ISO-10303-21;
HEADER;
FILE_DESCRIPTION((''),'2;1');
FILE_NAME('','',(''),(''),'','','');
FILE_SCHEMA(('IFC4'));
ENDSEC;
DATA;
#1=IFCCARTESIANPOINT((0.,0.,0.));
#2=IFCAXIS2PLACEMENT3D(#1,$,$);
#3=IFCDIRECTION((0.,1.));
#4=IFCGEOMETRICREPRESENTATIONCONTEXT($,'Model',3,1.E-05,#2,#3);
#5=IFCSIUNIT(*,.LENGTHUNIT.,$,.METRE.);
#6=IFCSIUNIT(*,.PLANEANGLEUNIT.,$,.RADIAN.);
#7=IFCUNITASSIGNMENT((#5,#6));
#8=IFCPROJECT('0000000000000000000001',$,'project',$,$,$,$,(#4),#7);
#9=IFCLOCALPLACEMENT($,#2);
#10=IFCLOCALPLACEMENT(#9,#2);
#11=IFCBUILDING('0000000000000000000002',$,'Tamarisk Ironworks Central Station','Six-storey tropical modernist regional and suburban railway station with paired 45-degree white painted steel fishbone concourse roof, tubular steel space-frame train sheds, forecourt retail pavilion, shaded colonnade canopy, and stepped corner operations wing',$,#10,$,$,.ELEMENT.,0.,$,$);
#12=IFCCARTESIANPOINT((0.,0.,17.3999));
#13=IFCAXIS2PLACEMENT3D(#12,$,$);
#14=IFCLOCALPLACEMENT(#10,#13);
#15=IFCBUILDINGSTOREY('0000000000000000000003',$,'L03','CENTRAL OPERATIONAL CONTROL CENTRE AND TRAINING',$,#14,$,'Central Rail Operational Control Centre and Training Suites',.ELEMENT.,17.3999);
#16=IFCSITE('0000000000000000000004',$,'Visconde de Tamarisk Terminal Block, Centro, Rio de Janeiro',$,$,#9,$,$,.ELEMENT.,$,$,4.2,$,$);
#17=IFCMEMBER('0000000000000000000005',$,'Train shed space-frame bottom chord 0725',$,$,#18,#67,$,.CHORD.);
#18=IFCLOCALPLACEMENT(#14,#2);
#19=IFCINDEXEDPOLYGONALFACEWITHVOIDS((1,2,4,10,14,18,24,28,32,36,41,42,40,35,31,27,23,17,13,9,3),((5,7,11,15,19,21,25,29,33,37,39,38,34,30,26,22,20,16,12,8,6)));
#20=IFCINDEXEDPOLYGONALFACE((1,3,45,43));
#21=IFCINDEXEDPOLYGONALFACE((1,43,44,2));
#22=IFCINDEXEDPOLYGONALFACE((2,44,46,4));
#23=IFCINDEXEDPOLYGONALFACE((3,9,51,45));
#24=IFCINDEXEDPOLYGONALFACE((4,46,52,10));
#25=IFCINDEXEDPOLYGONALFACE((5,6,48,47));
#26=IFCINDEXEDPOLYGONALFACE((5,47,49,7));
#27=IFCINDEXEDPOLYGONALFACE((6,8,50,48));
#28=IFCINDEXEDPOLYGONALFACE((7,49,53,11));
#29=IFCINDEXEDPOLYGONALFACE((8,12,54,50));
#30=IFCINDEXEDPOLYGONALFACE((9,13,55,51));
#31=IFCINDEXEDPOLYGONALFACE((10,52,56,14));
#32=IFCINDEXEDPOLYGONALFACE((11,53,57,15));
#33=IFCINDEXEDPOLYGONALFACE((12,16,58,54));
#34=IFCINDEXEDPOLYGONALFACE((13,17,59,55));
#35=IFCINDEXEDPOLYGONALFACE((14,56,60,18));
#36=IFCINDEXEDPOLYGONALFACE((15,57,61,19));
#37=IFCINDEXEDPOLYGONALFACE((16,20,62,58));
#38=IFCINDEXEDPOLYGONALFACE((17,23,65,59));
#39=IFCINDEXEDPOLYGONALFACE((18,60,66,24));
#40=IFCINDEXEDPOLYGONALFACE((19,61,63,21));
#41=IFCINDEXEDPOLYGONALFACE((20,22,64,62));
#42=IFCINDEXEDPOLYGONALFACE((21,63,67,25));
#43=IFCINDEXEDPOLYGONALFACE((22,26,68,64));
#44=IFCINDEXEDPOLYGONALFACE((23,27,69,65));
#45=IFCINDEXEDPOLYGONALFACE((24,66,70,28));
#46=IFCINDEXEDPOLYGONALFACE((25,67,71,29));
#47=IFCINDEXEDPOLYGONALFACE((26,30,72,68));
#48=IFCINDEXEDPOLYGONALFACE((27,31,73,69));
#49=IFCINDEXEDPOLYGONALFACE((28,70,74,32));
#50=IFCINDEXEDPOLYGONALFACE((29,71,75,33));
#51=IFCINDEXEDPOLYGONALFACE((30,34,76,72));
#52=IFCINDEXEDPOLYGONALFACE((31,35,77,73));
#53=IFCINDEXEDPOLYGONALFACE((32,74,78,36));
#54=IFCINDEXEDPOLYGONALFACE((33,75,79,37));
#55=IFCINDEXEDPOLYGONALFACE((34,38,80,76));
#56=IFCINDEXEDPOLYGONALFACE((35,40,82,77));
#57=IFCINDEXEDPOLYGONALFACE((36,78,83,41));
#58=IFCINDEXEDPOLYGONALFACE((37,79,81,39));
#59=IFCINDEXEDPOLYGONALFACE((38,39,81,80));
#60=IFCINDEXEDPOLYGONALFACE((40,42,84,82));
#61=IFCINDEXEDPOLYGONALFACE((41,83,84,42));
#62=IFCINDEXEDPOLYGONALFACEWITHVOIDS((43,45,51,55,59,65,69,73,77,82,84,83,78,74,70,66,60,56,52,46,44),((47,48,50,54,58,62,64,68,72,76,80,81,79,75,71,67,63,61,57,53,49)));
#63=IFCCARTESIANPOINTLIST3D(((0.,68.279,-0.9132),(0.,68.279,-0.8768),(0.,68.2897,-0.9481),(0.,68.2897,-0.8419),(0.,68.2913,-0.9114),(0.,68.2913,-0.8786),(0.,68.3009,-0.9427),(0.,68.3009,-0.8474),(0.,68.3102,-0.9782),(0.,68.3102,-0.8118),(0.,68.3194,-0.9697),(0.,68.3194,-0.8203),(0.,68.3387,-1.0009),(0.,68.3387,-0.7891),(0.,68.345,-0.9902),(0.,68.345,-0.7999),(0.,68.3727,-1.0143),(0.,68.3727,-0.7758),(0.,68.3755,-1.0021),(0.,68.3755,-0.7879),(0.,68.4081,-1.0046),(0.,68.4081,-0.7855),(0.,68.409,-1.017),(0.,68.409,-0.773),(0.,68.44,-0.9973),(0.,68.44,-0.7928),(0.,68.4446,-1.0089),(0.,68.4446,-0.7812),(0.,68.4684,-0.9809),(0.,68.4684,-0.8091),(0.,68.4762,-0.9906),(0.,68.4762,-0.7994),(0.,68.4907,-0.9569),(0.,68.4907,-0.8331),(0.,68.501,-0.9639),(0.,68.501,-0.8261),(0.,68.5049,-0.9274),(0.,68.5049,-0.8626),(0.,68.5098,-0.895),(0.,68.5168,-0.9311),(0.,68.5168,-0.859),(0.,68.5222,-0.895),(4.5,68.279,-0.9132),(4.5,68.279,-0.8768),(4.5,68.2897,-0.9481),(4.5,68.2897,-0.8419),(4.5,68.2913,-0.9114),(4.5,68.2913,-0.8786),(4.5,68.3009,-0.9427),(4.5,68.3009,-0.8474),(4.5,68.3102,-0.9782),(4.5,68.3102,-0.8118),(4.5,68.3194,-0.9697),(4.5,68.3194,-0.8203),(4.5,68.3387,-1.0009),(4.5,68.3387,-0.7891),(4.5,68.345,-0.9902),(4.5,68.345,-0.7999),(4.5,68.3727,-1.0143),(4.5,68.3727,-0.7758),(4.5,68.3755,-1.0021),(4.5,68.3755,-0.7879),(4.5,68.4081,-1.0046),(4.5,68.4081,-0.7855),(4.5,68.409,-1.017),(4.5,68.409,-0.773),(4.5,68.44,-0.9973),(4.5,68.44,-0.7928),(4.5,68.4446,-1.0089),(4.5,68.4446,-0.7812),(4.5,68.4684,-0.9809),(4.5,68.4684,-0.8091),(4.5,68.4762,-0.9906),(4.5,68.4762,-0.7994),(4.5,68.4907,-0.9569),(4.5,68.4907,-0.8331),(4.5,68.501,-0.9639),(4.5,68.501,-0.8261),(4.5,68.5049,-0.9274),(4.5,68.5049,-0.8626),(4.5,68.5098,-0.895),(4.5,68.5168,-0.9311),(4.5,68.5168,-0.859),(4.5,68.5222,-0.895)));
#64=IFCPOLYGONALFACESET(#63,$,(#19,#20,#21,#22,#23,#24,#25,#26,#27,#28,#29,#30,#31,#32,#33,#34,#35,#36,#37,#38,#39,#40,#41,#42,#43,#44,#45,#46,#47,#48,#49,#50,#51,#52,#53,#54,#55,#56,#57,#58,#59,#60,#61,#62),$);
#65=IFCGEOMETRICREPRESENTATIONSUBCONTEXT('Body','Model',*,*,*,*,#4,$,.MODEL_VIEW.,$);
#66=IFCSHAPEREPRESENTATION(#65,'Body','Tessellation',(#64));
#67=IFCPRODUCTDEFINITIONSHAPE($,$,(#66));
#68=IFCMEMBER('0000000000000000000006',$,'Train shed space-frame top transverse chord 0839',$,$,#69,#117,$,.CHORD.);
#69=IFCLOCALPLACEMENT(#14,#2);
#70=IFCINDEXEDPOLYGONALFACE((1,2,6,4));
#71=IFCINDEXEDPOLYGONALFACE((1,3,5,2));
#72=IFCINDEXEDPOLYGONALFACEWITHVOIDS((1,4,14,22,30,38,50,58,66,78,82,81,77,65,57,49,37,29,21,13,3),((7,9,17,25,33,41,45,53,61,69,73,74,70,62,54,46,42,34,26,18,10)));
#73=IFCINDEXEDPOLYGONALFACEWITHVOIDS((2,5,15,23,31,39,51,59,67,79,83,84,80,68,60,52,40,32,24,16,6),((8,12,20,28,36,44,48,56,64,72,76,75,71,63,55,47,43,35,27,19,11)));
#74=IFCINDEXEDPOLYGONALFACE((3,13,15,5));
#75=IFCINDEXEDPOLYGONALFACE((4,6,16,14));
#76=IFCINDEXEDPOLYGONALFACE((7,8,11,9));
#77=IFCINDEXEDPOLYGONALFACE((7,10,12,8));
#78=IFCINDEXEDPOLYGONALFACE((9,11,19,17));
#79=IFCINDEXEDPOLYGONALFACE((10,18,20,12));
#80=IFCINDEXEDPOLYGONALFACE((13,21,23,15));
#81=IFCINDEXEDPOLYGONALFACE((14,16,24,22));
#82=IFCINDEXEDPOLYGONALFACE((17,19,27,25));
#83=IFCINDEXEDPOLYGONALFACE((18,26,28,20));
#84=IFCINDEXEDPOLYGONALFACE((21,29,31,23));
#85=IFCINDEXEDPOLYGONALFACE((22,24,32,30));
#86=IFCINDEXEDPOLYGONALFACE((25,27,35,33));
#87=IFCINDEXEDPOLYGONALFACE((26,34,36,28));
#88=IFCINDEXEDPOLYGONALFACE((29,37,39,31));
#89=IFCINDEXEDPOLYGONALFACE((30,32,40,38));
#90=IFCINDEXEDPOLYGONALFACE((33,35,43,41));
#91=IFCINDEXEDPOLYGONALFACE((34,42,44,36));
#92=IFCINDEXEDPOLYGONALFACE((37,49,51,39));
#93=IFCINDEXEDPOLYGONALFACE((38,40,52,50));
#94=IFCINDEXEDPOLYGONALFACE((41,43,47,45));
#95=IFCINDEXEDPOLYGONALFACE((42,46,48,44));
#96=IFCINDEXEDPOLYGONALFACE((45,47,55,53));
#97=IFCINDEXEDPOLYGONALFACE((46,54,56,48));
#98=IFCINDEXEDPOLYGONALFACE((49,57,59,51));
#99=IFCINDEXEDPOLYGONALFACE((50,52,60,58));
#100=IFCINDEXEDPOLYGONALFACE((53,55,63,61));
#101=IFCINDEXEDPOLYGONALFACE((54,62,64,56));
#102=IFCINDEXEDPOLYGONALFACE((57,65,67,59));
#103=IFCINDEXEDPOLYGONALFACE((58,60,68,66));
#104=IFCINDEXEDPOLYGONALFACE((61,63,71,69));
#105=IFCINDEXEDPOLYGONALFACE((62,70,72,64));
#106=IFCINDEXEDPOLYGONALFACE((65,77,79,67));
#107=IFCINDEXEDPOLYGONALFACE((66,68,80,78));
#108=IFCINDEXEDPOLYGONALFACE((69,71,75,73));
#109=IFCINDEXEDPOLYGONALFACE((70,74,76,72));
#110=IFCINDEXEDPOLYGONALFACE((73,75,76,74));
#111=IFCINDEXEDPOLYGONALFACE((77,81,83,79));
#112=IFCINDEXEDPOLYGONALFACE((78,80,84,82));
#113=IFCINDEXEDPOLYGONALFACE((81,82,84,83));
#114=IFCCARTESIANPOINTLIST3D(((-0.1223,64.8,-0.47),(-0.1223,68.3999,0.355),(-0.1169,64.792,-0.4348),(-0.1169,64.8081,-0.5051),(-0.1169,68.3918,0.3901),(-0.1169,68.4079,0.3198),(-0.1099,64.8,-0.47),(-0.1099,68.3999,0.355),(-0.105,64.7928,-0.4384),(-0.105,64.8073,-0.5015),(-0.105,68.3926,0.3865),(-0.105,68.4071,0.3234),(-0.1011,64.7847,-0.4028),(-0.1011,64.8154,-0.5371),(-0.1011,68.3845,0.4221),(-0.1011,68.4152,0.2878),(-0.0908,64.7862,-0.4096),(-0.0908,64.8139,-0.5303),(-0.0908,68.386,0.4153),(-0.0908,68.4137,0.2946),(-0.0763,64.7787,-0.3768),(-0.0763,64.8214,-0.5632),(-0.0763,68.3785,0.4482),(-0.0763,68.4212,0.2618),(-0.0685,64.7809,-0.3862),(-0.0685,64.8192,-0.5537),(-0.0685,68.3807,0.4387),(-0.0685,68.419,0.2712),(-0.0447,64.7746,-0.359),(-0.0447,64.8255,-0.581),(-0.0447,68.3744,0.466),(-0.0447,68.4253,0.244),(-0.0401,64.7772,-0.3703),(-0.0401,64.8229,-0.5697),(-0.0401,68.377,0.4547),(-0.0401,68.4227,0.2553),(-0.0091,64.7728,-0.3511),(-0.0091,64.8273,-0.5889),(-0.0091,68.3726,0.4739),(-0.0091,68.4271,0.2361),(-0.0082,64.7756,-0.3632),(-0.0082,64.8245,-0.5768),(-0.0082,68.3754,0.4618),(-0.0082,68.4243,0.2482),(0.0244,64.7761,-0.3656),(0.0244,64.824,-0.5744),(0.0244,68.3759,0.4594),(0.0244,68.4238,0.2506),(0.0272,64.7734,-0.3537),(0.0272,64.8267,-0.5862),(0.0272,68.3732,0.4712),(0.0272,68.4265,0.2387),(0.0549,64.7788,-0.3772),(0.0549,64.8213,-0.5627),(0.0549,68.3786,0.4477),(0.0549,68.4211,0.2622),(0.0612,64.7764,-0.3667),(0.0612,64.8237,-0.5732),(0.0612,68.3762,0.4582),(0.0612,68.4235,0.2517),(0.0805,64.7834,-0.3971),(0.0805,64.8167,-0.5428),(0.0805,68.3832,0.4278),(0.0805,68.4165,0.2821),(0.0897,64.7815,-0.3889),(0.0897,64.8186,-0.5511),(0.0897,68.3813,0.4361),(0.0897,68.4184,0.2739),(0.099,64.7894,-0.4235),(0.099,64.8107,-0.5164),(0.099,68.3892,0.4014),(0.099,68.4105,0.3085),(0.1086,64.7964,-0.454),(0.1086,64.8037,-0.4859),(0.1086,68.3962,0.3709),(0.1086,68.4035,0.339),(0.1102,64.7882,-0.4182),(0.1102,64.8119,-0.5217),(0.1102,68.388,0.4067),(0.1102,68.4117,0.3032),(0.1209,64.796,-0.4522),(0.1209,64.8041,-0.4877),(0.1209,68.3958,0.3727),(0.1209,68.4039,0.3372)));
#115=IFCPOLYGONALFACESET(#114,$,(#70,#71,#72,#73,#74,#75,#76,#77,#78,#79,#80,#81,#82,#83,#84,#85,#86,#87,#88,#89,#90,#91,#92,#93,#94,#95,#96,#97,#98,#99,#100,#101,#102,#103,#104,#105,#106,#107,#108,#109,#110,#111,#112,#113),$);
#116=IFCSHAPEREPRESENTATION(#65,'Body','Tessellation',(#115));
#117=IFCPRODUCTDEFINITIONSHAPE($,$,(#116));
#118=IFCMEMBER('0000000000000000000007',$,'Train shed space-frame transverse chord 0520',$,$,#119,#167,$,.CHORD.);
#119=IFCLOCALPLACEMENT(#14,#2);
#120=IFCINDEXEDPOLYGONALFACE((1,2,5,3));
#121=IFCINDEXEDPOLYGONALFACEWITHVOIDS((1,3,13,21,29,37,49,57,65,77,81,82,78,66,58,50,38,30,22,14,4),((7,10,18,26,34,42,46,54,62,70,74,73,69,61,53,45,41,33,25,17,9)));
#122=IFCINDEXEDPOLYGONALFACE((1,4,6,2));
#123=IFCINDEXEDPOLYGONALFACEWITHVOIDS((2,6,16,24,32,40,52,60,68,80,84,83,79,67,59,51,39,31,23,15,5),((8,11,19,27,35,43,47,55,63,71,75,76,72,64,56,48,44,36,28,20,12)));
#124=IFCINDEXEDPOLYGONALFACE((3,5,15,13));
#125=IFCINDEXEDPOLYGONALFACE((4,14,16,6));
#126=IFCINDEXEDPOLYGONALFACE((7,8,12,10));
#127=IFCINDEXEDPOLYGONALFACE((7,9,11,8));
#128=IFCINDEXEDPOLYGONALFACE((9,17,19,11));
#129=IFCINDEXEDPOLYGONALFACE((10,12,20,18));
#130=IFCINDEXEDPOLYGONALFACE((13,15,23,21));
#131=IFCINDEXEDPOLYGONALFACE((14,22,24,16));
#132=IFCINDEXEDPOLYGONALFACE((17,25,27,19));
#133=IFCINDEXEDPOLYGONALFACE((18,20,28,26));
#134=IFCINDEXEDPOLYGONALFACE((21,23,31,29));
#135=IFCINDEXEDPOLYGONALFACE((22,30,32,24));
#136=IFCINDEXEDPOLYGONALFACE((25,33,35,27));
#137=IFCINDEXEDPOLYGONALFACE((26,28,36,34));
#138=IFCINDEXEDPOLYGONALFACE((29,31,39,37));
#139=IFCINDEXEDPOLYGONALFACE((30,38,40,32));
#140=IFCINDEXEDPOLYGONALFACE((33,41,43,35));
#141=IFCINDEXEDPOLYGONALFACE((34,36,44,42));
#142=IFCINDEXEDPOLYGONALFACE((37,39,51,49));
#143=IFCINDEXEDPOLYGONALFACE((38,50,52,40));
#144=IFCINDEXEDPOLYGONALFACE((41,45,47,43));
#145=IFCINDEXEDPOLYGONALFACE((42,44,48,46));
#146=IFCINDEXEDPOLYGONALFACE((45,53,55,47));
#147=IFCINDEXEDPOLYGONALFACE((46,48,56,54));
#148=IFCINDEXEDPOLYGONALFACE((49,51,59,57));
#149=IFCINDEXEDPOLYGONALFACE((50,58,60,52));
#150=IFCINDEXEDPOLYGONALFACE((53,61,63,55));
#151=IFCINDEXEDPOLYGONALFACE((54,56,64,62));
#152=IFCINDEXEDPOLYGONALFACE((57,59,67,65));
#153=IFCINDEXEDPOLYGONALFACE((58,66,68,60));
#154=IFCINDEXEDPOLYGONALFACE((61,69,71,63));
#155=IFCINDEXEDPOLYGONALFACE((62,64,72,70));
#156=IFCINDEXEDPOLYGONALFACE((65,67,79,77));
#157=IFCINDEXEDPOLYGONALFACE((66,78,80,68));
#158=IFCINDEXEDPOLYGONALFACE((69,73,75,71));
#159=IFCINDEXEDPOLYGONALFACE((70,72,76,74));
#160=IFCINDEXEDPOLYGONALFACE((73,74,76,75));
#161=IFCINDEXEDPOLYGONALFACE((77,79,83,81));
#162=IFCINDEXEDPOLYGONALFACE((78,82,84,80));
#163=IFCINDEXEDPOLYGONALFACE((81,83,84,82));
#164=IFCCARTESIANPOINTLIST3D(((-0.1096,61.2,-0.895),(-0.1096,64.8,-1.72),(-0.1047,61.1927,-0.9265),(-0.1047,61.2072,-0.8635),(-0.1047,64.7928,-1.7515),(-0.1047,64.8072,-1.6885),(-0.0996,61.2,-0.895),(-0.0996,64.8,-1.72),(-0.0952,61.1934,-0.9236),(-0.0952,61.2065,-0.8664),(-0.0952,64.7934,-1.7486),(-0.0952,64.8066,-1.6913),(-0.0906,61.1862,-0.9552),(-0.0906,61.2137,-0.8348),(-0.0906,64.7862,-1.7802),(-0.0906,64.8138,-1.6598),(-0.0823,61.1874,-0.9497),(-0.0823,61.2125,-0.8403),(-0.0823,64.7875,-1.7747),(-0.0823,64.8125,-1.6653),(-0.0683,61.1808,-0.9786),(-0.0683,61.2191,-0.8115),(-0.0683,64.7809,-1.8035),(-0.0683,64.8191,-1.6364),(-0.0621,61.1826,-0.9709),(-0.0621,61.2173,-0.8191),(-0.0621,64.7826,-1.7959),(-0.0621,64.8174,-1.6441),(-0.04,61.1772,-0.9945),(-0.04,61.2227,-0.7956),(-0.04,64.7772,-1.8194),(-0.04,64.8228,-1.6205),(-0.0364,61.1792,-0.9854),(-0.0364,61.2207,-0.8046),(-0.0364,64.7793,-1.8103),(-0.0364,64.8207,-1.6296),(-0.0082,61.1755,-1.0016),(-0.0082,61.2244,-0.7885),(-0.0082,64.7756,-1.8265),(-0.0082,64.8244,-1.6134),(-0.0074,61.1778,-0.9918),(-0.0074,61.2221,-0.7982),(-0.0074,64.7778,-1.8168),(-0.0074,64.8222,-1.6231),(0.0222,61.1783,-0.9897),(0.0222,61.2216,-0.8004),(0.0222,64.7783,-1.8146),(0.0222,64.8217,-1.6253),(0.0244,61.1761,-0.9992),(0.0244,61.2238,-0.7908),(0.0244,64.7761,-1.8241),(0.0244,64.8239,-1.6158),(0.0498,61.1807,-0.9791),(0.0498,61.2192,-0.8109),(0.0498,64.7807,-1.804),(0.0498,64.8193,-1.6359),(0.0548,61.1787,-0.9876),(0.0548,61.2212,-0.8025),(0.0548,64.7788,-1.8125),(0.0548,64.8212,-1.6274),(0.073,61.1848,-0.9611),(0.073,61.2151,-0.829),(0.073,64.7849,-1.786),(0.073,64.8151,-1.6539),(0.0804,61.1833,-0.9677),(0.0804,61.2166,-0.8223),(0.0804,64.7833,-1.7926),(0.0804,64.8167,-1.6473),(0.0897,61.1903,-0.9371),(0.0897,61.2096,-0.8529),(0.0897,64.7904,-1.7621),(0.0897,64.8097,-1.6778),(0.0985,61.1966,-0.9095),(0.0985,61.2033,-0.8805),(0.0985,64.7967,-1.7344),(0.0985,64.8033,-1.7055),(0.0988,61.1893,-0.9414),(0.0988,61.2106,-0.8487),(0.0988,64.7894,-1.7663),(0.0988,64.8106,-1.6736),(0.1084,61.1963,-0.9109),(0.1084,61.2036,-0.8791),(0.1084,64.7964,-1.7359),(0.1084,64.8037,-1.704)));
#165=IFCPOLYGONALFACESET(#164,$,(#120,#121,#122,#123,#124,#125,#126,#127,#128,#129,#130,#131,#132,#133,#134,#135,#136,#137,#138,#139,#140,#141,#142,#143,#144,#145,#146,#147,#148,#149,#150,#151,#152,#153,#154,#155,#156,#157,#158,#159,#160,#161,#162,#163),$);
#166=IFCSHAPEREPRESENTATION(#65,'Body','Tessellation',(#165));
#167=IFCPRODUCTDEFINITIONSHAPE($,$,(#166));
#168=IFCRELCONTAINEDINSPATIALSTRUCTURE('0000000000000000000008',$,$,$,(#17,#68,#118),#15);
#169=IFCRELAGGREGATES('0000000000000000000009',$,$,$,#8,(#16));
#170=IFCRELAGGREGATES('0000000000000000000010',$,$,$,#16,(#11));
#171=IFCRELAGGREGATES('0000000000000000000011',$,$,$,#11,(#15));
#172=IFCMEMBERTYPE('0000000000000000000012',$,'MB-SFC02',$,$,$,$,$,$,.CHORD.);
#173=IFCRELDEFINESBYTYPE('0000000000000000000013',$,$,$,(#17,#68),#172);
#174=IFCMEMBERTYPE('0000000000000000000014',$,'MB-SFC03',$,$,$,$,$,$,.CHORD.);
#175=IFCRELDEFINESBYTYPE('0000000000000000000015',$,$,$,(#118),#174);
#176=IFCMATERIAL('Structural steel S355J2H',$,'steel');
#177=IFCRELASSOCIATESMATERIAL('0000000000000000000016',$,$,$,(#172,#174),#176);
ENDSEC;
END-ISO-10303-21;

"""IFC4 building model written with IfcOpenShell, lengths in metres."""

from ifc_helpers import new_model, si_unit, direction, frame, origin, origin_2d, place, context, subcontext, project, spatial, hollow_circle, extrude, material, material_profile, profile_set, type_object, element, save


model = new_model("IFC4")

# Units and contexts
model_context = context("Model", 3, precision=1e-05, world=origin(), true_north=direction((0.0, 1.0)))
body_context = subcontext(model_context, "Body", "Model", "MODEL_VIEW")
ifc_project = project(units=[si_unit("LENGTHUNIT", "METRE"), si_unit("PLANEANGLEUNIT", "RADIAN")], contexts=[model_context])

# Site, building, storey
site_placement = place(None, origin())
site = spatial("IfcSite", under=ifc_project, at=site_placement, Name="Visconde de Tamarisk Terminal Block, Centro, Rio de Janeiro", CompositionType="ELEMENT", RefElevation=4.2)
building_placement = place(site_placement, origin())
building = spatial("IfcBuilding", under=site, at=building_placement, Name="Tamarisk Ironworks Central Station", Description="Six-storey tropical modernist regional and suburban railway station with paired 45-degree white painted steel fishbone concourse roof, tubular steel space-frame train sheds, forecourt retail pavilion, shaded colonnade canopy, and stepped corner operations wing", CompositionType="ELEMENT", ElevationOfRefHeight=0.0)
storey_placement = place(building_placement, frame((0.0, 0.0, 17.3999)))
storey = spatial("IfcBuildingStorey", under=building, at=storey_placement, Name="L03", Description="CENTRAL OPERATIONAL CONTROL CENTRE AND TRAINING", LongName="Central Rail Operational Control Centre and Training Suites", CompositionType="ELEMENT", Elevation=17.3999)

# Members
ifc_material_1 = material(Name="Structural steel S355J2H", Category="steel")
ifc_material_profile_1 = material_profile(ifc_material_1, hollow_circle(Radius=0.1223, WallThickness=0.0125, at=origin_2d()), Name="CHS 244.5x12.5")
ifc_profile_set_1 = profile_set([ifc_material_profile_1], Name="Structural steel S355J2H")
member_type_1 = type_object("IfcMemberType", Name="MB-SFC02", PredefinedType="CHORD", material=ifc_profile_set_1)
member_1_placement = place(storey_placement, frame((0.0, 68.3999, -0.895), z_axis=(1.0, 0.0, 0.0), x_axis=(0.0, 1.0, 0.0)))
element("IfcMember", 1, at=member_1_placement, inside=storey, type_object=member_type_1, Name="Train shed space-frame bottom chord 0725", PredefinedType="CHORD", context=body_context, shape_type="SweptSolid", body=[
    extrude(hollow_circle(Radius=0.1223, WallThickness=0.0125, at=origin_2d()), origin(), (0.0, 0.0, 1.0), 4.5),
])
member_2_placement = place(storey_placement, frame((0.0, 64.8, -0.47), z_axis=(0.0, 0.974733, 0.223372), x_axis=(-1.0, 0.0, 0.0)))
element("IfcMember", 2, at=member_2_placement, inside=storey, type_object=member_type_1, Name="Train shed space-frame top transverse chord 0839", PredefinedType="CHORD", context=body_context, shape_type="SweptSolid", body=[
    extrude(hollow_circle(Radius=0.1223, WallThickness=0.0125, at=origin_2d()), origin(), (0.0, 0.0, 1.0), 3.6931),
])
ifc_material_profile_2 = material_profile(ifc_material_1, hollow_circle(Radius=0.1096, WallThickness=0.01, at=origin_2d()), Name="CHS 219.1x10")
ifc_profile_set_2 = profile_set([ifc_material_profile_2], Name="Structural steel S355J2H")
member_type_2 = type_object("IfcMemberType", Name="MB-SFC03", PredefinedType="CHORD", material=ifc_profile_set_2)
for number, where, z_axis, x_axis, name in (
    (3, (0.0, 61.2, -0.895), (0.0, 0.974737, -0.223358), (-1.0, 0.0, 0.0), "Train shed space-frame transverse chord 0520"),
):
    element("IfcMember", number, at=place(storey_placement, frame(where, z_axis=z_axis, x_axis=x_axis)), inside=storey, type_object=member_type_2, Name=name, PredefinedType="CHORD", context=body_context, shape_type="SweptSolid", body=[
        extrude(hollow_circle(Radius=0.1096, WallThickness=0.01, at=origin_2d()), origin(), (0.0, 0.0, 1.0), 3.6934),
    ])

save(model, "model.ifc")
